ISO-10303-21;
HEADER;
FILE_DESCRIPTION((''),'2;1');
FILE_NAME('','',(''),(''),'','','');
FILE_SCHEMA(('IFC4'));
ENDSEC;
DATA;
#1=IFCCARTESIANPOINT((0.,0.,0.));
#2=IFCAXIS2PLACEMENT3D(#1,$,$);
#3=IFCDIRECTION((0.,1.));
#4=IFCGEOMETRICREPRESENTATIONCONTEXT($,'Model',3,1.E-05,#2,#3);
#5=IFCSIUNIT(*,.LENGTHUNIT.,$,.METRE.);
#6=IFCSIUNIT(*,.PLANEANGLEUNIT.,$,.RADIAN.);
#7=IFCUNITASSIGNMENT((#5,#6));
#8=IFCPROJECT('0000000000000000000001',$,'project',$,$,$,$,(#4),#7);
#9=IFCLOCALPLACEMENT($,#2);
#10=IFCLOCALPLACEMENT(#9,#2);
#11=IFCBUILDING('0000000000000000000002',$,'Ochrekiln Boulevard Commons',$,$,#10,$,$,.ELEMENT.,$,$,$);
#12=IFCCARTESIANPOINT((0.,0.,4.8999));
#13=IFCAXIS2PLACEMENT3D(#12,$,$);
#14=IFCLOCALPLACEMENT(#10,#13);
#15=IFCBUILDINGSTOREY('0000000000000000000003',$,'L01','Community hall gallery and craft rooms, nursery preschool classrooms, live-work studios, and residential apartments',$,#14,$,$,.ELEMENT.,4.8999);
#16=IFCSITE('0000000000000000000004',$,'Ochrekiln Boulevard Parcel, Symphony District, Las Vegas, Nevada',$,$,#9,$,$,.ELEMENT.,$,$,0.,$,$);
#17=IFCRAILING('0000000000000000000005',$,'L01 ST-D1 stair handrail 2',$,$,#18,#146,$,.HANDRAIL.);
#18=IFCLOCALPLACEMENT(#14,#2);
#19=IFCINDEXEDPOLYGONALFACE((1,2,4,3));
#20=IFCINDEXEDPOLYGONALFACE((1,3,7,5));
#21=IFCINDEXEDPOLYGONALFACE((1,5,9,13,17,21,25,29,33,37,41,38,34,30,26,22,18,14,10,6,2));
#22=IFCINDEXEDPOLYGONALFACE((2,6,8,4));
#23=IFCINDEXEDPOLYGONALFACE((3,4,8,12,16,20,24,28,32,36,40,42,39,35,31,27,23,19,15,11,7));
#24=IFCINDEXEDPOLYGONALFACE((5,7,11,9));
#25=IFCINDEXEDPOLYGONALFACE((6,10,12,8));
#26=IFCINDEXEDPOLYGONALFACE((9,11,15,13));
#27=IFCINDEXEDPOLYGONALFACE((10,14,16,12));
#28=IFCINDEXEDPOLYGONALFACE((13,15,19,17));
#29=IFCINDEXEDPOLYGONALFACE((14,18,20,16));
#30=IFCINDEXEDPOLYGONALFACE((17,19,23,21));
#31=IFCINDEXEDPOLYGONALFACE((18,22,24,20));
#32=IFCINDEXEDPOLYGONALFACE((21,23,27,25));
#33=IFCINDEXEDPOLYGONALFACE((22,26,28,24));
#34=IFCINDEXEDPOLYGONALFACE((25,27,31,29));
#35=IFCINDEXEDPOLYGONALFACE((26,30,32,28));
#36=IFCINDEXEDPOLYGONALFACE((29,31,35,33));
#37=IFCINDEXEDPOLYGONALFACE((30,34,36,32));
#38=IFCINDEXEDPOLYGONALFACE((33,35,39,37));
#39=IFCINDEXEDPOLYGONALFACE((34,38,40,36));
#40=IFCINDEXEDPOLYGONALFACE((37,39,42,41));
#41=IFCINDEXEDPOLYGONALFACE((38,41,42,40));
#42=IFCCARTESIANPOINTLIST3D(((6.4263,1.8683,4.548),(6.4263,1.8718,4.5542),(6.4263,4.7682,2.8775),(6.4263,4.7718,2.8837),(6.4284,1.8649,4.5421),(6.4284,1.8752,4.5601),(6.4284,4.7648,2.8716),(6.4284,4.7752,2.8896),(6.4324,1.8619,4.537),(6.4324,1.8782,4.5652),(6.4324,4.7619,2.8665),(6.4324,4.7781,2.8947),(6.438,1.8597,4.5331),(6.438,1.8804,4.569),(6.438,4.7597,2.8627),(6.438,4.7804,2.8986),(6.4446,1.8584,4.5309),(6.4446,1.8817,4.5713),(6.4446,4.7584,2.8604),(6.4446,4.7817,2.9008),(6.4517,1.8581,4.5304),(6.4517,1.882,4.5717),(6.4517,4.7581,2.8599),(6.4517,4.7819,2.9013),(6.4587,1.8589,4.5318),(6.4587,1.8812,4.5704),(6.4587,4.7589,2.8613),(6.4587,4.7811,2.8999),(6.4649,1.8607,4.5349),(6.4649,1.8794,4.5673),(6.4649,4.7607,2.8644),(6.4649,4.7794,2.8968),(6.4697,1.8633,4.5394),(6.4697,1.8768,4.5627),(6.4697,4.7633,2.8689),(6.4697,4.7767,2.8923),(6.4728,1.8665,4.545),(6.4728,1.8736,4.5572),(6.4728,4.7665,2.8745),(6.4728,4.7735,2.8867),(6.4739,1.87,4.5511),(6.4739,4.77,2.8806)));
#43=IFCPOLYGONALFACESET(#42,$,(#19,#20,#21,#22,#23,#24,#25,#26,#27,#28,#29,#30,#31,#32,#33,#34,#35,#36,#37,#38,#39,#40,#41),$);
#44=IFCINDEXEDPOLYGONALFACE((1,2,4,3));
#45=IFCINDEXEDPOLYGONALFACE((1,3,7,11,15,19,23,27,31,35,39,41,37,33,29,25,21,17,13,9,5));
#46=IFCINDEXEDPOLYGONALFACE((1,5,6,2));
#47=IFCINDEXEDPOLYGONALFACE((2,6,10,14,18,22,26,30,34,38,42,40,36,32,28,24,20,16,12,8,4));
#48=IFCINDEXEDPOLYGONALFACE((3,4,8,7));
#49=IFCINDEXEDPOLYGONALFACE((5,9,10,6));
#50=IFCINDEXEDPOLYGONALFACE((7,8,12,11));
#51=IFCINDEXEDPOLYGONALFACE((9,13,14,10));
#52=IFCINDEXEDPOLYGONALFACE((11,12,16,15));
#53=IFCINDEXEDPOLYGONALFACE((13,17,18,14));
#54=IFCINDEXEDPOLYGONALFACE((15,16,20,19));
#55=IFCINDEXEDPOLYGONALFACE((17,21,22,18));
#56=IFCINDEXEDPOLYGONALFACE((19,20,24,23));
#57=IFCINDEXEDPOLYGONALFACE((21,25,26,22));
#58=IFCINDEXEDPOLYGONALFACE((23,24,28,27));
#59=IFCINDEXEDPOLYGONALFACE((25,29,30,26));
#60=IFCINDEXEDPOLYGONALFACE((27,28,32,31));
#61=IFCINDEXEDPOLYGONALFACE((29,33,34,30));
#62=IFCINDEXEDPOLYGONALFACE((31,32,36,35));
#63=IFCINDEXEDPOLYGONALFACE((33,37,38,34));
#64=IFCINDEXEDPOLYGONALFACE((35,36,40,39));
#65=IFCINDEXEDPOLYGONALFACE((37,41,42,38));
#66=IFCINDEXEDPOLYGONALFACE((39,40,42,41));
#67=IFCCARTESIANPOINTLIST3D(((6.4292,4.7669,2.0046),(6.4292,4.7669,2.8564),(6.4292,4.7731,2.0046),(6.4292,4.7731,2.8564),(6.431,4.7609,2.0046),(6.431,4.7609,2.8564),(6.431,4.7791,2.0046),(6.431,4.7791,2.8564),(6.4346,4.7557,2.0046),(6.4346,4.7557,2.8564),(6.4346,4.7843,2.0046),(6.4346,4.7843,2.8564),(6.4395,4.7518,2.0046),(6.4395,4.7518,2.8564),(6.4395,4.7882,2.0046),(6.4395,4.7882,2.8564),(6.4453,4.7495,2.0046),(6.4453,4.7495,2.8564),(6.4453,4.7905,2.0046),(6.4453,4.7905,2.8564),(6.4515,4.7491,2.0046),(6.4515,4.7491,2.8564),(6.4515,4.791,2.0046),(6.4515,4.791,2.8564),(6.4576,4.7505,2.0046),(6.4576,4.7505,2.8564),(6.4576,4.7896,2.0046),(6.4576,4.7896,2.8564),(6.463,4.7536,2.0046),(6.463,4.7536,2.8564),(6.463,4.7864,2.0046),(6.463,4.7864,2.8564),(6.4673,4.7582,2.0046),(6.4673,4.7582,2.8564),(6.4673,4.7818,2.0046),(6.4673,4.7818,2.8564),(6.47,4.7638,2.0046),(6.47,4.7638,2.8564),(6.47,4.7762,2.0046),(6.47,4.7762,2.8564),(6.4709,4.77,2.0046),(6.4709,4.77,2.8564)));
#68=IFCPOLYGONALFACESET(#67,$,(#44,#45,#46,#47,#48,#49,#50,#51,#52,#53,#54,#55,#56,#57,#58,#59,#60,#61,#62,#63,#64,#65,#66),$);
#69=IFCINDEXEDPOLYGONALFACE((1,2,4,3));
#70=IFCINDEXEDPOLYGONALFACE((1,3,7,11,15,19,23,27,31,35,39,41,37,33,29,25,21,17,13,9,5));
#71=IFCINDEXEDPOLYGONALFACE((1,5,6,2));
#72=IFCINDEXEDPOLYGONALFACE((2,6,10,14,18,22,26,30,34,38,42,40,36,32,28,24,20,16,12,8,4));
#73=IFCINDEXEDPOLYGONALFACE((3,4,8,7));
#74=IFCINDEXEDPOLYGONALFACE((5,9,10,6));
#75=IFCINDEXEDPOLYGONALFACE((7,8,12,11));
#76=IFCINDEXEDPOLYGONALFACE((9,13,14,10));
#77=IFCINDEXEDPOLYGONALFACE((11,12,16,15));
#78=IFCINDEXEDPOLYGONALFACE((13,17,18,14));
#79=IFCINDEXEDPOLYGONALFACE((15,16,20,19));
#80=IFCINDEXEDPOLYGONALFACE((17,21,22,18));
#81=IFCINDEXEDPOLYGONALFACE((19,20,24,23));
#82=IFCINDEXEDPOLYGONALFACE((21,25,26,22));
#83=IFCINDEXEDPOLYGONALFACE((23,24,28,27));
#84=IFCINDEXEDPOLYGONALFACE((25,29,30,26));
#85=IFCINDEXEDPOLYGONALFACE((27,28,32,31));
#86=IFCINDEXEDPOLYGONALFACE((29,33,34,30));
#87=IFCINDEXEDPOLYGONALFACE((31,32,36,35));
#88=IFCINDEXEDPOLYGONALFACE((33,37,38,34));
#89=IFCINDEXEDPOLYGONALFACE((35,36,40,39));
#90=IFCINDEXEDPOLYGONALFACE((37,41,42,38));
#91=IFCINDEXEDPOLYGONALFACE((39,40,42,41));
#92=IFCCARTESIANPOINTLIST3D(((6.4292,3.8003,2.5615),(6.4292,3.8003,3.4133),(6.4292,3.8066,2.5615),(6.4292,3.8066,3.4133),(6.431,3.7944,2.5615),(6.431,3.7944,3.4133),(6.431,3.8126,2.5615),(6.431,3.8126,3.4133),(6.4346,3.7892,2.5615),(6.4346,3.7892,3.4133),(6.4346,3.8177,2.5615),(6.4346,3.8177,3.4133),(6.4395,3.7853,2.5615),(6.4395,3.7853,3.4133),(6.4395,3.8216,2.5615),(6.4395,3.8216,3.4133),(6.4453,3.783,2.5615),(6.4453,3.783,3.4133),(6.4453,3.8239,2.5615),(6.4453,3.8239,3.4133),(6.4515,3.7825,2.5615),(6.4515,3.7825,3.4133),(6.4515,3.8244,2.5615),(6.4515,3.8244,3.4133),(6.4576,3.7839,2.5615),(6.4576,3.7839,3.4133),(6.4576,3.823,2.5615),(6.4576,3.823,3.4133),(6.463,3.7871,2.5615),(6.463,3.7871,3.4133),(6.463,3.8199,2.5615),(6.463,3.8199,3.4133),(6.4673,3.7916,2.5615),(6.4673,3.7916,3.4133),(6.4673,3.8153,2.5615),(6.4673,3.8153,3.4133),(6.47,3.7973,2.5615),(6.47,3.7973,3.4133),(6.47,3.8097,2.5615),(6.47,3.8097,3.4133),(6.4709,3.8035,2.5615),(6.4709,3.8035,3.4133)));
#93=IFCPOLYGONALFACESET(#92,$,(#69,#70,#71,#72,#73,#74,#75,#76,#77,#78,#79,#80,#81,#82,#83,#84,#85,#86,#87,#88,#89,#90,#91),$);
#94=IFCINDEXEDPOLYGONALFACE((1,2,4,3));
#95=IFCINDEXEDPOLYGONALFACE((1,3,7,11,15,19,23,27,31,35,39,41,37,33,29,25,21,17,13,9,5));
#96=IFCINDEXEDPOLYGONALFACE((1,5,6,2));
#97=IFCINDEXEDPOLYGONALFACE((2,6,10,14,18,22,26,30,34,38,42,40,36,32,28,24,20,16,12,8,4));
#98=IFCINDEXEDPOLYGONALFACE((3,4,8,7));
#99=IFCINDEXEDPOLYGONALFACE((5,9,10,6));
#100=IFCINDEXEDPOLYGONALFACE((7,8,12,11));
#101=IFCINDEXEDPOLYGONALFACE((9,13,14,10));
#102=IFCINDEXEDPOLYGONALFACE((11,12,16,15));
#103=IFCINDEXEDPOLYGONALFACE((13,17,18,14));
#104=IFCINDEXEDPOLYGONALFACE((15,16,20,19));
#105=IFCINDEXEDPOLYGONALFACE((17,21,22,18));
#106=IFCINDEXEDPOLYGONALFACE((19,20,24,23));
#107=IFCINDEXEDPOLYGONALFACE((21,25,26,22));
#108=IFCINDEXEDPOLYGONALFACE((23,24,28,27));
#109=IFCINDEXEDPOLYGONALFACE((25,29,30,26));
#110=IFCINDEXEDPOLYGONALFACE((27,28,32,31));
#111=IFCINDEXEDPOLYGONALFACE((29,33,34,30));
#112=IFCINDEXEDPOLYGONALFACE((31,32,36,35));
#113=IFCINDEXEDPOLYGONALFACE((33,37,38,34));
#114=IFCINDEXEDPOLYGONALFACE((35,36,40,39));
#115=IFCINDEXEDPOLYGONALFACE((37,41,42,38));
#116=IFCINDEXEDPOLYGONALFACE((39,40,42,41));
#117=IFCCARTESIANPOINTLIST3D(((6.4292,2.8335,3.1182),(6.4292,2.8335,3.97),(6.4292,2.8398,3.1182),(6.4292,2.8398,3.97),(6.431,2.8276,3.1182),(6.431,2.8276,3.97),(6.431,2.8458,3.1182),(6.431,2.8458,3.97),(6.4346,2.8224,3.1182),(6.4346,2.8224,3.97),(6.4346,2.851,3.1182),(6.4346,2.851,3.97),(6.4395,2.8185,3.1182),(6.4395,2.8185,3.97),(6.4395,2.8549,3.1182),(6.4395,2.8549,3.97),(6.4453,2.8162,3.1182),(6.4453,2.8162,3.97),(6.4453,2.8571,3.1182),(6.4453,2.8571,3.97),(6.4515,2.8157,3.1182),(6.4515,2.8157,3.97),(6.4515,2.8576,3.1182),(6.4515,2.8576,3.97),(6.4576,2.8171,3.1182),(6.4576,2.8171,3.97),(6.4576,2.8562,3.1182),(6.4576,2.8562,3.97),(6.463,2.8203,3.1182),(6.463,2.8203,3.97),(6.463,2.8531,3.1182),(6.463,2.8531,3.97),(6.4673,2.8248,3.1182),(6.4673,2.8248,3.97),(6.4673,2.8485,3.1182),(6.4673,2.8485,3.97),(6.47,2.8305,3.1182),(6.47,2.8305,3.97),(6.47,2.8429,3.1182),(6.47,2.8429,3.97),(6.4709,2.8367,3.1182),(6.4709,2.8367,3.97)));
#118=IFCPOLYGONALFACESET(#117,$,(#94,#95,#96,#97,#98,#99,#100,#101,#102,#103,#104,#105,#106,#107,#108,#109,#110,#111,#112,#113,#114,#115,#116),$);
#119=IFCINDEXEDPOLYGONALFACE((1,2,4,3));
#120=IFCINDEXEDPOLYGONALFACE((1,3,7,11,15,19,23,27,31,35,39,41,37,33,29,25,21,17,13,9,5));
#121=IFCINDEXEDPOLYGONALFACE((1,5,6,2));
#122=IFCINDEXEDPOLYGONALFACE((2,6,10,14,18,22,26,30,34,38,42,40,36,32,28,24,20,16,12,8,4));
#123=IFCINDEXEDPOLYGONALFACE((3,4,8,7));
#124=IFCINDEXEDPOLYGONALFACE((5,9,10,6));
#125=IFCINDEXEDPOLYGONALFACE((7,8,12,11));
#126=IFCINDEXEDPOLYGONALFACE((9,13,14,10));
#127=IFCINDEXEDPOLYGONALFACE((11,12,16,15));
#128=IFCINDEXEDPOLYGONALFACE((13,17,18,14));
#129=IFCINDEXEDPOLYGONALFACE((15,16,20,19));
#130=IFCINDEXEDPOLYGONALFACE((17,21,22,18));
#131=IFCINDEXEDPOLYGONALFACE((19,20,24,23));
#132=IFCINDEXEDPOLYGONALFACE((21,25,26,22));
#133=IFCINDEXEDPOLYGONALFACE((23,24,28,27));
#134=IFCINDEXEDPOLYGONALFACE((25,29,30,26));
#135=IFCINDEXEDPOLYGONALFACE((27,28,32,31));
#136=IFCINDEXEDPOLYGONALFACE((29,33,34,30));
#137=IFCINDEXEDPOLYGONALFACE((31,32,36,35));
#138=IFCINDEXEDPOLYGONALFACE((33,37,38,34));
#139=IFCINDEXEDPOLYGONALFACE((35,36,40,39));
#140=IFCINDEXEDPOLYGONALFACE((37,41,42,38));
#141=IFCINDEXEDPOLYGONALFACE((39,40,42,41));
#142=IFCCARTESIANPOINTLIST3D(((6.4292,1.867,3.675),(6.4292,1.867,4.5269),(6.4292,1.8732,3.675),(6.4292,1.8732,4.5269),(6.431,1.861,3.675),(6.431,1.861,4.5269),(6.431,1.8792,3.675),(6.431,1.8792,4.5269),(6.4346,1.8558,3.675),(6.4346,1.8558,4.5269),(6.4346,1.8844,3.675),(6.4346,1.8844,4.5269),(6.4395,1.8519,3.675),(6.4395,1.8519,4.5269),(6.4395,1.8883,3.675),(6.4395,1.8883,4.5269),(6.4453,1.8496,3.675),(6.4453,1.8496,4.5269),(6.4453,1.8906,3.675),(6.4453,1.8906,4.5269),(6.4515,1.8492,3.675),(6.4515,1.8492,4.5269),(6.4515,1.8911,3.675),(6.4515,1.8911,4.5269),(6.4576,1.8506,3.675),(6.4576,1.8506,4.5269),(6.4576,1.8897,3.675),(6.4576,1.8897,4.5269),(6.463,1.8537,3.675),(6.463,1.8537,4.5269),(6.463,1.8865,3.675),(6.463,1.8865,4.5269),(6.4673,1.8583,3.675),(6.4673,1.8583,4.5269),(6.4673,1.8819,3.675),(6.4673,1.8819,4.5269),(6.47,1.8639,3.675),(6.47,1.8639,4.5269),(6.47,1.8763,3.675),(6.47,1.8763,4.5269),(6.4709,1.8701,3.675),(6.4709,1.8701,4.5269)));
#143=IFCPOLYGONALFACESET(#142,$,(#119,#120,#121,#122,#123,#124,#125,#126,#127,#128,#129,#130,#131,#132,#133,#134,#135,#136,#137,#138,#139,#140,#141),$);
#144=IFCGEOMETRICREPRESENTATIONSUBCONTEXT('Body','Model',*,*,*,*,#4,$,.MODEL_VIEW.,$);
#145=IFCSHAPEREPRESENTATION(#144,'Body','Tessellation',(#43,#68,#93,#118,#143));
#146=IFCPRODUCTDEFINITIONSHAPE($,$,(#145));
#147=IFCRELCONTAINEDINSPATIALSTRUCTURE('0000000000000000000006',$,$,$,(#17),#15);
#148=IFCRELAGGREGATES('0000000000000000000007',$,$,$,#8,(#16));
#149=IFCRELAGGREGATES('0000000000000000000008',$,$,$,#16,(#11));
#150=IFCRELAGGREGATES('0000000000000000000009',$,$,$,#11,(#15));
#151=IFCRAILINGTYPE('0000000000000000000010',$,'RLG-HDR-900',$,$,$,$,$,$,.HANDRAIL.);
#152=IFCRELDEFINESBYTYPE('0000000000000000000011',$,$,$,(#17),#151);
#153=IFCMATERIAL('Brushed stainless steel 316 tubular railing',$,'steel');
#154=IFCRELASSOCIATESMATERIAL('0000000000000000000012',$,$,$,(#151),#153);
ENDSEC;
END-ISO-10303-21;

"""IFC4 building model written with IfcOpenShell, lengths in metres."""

from ifc_helpers import new_model, si_unit, direction, frame, origin, origin_2d, place, context, subcontext, project, spatial, circle, extrude, material, type_object, element, save


model = new_model("IFC4")

# Units and contexts
model_context = context("Model", 3, precision=1e-05, world=origin(), true_north=direction((0.0, 1.0)))
body_context = subcontext(model_context, "Body", "Model", "MODEL_VIEW")
ifc_project = project(units=[si_unit("LENGTHUNIT", "METRE"), si_unit("PLANEANGLEUNIT", "RADIAN")], contexts=[model_context])

# Site, building, storey
site_placement = place(None, origin())
site = spatial("IfcSite", under=ifc_project, at=site_placement, Name="Ochrekiln Boulevard Parcel, Symphony District, Las Vegas, Nevada", CompositionType="ELEMENT", RefElevation=0.0)
building_placement = place(site_placement, origin())
building = spatial("IfcBuilding", under=site, at=building_placement, Name="Ochrekiln Boulevard Commons", CompositionType="ELEMENT")
storey_placement = place(building_placement, frame((0.0, 0.0, 4.8999)))
storey = spatial("IfcBuildingStorey", under=building, at=storey_placement, Name="L01", Description="Community hall gallery and craft rooms, nursery preschool classrooms, live-work studios, and residential apartments", CompositionType="ELEMENT", Elevation=4.8999)

# Railing
ifc_material_1 = material(Name="Brushed stainless steel 316 tubular railing", Category="steel")
railing_type_1 = type_object("IfcRailingType", Name="RLG-HDR-900", PredefinedType="HANDRAIL", material=ifc_material_1)
railing_1_placement = place(storey_placement, frame((6.45, 4.77, 2.0046)))
element("IfcRailing", 1, at=railing_1_placement, inside=storey, type_object=railing_type_1, Name="L01 ST-D1 stair handrail 2", PredefinedType="HANDRAIL", context=body_context, shape_type="SweptSolid", body=[
    extrude(circle(Radius=0.0239, at=origin_2d()), frame((0.0, 0.0, 0.876), z_axis=(0.0, -0.866523, 0.499137), x_axis=(1.0, 0.0, 0.0)), (0.0, 0.0, 1.0), 3.3467),
    extrude(circle(Radius=0.021, at=origin_2d()), origin(), (0.0, 0.0, 1.0), 0.8518),
    extrude(circle(Radius=0.021, at=origin_2d()), frame((0.0, -0.9666, 0.5569)), (0.0, 0.0, 1.0), 0.8518),
    extrude(circle(Radius=0.021, at=origin_2d()), frame((0.0, -1.9333, 1.1135)), (0.0, 0.0, 1.0), 0.8518),
    extrude(circle(Radius=0.021, at=origin_2d()), frame((0.0, -2.8999, 1.6704)), (0.0, 0.0, 1.0), 0.8518),
])

save(model, "model.ifc")
